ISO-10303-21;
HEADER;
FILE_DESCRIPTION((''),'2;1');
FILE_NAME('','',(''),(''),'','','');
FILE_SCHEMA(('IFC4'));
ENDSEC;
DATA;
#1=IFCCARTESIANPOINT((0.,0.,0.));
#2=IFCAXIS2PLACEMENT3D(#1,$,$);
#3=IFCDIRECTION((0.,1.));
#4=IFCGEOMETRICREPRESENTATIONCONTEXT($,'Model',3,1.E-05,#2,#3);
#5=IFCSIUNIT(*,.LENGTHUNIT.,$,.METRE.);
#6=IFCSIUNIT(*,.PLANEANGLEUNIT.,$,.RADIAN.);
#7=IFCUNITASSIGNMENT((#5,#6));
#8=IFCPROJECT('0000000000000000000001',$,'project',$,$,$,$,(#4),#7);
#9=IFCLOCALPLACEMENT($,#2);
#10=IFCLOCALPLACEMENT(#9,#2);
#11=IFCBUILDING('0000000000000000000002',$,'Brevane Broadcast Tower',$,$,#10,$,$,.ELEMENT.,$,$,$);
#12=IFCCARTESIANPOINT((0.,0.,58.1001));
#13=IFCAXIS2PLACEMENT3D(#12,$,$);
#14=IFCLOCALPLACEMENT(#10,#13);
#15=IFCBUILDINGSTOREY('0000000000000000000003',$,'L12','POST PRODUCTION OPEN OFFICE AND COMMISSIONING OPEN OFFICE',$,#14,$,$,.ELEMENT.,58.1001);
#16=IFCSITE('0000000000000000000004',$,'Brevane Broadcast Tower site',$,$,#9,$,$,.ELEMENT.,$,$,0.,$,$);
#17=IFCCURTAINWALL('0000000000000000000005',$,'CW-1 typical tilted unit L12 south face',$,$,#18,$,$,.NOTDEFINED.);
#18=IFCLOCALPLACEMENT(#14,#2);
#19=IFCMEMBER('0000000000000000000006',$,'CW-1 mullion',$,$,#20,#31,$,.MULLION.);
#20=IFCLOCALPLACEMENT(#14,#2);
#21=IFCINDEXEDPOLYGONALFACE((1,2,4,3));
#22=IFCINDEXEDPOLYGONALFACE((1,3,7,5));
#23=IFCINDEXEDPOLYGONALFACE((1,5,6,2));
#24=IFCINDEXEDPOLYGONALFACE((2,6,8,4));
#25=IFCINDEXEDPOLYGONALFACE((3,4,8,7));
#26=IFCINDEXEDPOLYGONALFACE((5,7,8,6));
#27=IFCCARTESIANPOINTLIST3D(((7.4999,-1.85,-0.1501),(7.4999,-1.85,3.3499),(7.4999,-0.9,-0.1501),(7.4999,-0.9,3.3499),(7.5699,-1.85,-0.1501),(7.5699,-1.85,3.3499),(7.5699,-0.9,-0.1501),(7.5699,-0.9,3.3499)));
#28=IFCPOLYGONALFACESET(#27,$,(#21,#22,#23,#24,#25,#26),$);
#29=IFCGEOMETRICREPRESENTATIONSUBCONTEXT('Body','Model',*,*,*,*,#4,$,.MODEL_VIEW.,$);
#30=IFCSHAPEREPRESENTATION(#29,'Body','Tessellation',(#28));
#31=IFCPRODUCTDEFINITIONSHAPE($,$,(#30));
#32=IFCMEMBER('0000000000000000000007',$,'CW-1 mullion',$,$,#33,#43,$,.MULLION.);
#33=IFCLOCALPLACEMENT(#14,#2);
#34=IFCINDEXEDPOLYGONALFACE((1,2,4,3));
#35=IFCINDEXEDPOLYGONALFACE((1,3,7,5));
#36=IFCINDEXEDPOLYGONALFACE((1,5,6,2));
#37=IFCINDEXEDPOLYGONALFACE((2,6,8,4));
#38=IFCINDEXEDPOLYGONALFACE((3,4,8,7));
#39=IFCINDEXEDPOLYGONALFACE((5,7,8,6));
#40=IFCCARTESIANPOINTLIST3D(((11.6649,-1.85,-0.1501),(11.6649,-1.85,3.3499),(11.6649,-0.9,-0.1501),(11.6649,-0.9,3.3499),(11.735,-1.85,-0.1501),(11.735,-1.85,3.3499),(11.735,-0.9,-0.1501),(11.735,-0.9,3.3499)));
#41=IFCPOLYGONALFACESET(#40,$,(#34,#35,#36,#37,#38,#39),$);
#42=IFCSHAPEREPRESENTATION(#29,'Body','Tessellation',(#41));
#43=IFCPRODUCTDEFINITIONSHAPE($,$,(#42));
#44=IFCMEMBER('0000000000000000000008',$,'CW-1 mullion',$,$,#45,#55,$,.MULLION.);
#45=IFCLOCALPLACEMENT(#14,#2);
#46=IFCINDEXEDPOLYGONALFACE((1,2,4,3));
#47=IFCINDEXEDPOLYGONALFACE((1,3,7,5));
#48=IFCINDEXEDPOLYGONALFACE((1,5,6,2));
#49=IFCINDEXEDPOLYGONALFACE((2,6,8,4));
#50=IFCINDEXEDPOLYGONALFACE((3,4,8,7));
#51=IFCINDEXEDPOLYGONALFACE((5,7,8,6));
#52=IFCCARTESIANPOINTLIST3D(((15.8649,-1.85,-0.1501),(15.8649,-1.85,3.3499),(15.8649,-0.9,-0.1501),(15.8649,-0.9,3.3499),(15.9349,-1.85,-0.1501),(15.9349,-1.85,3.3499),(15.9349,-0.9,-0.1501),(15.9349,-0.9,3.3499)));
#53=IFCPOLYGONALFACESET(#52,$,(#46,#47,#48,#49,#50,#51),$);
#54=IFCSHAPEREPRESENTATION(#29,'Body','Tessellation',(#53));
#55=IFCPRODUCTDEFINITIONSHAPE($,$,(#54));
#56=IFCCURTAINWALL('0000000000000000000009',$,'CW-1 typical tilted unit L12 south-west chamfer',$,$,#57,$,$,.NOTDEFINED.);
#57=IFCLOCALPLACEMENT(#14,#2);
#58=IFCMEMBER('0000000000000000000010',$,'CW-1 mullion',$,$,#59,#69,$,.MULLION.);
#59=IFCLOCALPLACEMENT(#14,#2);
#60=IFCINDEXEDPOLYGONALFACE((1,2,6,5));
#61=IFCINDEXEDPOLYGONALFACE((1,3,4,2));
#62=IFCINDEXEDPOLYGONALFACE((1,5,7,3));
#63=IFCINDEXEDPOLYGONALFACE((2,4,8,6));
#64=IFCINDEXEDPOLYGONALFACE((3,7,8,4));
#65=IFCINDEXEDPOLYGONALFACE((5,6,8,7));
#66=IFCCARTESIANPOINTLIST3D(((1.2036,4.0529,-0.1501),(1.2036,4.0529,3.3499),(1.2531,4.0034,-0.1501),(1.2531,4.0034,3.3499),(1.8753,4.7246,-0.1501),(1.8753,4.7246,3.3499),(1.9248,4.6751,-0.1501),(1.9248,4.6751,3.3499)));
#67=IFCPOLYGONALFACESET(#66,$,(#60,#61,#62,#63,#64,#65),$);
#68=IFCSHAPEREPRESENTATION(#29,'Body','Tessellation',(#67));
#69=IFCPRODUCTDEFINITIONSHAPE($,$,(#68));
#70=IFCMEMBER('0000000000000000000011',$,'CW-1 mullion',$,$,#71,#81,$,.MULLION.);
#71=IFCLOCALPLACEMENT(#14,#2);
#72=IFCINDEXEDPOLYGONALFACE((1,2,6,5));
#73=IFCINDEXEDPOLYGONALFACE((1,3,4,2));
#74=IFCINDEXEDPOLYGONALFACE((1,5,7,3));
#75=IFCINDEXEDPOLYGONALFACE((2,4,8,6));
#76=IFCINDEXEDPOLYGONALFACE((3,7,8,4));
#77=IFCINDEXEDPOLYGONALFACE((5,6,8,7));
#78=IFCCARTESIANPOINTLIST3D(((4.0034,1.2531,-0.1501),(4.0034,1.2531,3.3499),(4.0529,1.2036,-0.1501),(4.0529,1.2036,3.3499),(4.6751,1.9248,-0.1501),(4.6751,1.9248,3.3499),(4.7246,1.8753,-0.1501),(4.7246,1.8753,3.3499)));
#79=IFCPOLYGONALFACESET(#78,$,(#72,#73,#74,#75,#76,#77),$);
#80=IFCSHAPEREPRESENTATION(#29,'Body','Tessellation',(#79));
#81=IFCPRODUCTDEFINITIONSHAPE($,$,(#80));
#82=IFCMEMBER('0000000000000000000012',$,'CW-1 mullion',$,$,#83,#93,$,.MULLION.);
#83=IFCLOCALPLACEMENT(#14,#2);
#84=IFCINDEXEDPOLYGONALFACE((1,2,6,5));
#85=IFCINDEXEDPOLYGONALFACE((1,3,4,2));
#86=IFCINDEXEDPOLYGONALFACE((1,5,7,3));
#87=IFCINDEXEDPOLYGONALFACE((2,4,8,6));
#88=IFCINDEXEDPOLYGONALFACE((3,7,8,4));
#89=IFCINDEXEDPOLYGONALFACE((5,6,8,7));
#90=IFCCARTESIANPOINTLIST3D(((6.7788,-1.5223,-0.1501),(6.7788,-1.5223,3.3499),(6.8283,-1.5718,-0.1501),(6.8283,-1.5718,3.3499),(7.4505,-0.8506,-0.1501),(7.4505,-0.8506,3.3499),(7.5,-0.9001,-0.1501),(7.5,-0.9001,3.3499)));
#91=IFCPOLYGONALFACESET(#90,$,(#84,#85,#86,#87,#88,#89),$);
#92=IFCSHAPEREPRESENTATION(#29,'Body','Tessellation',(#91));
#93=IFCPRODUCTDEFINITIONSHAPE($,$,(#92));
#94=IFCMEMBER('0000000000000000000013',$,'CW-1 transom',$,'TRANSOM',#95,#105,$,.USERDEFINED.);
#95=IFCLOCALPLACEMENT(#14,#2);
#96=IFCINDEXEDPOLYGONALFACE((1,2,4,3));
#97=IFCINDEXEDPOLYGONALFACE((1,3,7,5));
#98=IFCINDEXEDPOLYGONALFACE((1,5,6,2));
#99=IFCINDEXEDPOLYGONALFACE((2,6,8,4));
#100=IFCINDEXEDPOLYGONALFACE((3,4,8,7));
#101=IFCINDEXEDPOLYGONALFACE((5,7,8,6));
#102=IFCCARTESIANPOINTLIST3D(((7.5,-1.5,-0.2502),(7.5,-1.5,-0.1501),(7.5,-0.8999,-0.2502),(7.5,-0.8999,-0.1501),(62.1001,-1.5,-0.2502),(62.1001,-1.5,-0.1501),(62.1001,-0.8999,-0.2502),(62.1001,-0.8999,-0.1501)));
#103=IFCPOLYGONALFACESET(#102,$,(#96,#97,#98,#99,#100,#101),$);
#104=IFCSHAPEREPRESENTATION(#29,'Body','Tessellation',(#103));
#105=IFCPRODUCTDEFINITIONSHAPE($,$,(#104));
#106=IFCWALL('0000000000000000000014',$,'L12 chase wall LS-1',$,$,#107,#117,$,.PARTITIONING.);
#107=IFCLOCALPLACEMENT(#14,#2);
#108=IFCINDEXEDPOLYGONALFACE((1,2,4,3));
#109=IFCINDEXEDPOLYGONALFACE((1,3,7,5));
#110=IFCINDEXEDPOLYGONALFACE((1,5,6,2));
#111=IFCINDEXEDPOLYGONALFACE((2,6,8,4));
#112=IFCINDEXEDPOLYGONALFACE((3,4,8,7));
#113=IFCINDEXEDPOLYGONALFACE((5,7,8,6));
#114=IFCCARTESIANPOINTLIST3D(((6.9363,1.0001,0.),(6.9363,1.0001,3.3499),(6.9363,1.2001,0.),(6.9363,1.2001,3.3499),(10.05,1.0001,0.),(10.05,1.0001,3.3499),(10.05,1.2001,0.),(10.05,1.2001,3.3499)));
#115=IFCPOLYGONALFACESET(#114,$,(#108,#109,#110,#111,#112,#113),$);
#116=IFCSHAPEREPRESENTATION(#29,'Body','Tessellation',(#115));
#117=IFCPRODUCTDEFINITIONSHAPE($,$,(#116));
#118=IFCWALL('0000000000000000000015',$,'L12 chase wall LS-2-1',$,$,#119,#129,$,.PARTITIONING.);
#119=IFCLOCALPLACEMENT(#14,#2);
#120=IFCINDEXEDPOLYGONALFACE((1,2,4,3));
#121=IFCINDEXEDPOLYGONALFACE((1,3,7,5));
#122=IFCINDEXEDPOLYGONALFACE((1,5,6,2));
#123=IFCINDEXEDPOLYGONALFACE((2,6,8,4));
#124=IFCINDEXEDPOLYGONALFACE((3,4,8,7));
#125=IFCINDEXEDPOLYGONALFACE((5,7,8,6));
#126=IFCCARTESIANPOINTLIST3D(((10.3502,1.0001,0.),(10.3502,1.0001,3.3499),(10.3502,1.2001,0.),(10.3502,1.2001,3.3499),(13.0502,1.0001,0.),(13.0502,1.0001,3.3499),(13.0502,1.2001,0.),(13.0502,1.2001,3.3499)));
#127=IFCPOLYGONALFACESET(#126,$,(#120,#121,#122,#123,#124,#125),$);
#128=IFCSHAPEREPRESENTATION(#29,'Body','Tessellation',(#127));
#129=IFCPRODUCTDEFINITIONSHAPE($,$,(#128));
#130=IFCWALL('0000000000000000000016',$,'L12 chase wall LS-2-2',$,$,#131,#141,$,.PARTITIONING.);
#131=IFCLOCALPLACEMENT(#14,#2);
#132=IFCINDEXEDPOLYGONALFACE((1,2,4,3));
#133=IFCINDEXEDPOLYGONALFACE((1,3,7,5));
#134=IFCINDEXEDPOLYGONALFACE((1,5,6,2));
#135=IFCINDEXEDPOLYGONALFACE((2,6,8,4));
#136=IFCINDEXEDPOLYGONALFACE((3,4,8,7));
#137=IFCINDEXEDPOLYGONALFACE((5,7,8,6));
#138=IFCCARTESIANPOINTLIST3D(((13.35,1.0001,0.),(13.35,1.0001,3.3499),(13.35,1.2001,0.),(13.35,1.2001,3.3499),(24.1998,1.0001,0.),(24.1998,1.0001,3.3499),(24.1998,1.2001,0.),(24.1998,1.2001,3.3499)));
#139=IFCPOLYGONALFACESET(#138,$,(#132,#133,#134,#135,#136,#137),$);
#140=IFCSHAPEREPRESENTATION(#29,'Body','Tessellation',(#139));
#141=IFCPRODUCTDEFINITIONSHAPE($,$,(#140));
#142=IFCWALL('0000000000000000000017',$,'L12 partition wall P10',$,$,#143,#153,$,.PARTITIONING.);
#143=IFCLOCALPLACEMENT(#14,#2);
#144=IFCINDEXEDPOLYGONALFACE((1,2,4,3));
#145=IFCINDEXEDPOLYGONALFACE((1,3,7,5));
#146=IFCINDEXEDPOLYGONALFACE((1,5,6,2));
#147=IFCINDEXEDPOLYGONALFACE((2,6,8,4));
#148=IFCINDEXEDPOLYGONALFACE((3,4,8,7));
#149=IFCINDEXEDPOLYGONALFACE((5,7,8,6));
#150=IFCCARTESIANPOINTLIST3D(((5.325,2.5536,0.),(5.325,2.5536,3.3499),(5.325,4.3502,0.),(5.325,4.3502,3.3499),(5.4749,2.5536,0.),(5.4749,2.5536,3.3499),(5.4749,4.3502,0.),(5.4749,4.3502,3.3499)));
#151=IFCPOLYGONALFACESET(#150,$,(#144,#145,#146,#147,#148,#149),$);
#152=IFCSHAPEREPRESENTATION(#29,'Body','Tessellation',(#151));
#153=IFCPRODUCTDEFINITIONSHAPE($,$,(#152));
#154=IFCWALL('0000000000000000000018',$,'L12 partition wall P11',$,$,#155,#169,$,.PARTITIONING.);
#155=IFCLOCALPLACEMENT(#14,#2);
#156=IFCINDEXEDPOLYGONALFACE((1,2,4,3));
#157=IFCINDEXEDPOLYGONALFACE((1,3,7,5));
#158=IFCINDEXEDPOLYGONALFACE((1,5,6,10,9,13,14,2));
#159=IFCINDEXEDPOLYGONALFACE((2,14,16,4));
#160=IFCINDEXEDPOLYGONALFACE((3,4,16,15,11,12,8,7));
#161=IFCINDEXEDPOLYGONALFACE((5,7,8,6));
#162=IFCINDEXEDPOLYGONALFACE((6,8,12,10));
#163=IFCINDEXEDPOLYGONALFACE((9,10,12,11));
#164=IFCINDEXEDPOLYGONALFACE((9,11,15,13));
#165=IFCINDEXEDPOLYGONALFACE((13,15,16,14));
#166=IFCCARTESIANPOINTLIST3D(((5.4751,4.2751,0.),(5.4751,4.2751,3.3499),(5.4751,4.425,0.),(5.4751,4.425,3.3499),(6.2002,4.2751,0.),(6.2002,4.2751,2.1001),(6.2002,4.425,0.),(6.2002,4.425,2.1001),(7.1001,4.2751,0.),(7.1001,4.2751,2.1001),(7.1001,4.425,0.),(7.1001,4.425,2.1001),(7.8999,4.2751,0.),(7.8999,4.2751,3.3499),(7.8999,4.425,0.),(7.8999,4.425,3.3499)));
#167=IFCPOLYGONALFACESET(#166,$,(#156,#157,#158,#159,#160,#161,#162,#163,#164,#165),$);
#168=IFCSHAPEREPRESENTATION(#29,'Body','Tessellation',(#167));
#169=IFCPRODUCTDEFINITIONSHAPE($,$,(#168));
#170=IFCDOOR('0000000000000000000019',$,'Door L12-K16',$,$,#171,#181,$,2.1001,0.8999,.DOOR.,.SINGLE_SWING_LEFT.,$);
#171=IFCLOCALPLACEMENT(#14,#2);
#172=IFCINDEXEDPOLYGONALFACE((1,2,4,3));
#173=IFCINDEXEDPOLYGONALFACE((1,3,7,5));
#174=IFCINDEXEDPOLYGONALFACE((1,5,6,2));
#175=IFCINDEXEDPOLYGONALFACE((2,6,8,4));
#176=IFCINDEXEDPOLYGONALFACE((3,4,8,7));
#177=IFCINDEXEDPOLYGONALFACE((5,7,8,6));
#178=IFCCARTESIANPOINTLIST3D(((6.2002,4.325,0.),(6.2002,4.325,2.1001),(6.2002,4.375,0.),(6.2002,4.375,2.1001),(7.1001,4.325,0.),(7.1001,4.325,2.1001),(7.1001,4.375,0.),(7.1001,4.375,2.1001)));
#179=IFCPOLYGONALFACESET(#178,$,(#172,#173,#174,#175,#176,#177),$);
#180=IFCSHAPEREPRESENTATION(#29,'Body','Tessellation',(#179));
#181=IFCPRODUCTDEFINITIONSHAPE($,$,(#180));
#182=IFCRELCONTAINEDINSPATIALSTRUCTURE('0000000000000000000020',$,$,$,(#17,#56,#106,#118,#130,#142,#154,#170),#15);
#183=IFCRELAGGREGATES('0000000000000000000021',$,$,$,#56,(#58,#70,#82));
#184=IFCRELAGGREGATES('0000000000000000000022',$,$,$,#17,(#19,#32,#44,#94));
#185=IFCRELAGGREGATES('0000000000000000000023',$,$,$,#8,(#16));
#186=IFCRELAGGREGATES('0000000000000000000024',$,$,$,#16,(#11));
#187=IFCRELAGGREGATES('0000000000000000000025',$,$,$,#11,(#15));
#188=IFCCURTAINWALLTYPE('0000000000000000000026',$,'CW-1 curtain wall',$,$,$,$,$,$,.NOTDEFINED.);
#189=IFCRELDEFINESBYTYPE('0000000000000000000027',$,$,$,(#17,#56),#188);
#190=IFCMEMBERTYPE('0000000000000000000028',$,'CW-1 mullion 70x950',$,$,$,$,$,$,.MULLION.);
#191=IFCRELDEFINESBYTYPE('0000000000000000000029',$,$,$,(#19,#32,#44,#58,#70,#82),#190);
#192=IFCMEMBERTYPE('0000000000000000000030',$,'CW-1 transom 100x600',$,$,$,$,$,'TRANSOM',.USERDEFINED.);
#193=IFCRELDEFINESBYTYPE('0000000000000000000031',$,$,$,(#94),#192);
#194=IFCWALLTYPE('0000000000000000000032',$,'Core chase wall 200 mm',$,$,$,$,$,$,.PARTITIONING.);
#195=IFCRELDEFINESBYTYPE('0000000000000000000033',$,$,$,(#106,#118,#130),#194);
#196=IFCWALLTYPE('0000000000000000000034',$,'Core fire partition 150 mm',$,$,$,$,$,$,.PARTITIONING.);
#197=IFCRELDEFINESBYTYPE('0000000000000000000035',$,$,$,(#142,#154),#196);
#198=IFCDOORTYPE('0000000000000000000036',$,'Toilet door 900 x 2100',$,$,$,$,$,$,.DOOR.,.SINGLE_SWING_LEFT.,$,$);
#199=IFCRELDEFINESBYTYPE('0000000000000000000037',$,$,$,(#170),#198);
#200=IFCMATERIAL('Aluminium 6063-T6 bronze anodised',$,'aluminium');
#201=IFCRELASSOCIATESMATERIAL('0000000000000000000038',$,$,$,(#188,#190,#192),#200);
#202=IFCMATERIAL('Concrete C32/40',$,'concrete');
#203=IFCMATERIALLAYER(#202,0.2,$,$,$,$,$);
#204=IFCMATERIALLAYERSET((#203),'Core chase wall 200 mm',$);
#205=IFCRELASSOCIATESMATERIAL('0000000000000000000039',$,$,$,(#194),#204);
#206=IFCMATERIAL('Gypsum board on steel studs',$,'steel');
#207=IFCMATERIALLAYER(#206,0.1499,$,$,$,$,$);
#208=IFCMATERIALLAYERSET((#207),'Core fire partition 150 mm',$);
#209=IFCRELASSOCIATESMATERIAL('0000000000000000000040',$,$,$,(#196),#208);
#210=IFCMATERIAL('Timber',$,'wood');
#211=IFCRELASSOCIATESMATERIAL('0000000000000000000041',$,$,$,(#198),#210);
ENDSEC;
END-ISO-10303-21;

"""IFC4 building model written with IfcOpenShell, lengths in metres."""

from ifc_helpers import new_model, si_unit, direction, frame, frame_2d, origin, origin_2d, place, context, subcontext, project, spatial, rectangle, extrude, material, layer, layer_set, material_profile, profile_set, type_object, element, fill, aggregate, save


model = new_model("IFC4")

# Units and contexts
model_context = context("Model", 3, precision=1e-05, world=origin(), true_north=direction((0.0, 1.0)))
body_context = subcontext(model_context, "Body", "Model", "MODEL_VIEW")
ifc_project = project(units=[si_unit("LENGTHUNIT", "METRE"), si_unit("PLANEANGLEUNIT", "RADIAN")], contexts=[model_context])

# Site, building, storey
site_placement = place(None, origin())
site = spatial("IfcSite", under=ifc_project, at=site_placement, Name="Brevane Broadcast Tower site", CompositionType="ELEMENT", RefElevation=0.0)
building_placement = place(site_placement, origin())
building = spatial("IfcBuilding", under=site, at=building_placement, Name="Brevane Broadcast Tower", CompositionType="ELEMENT")
storey_placement = place(building_placement, frame((0.0, 0.0, 58.1001)))
storey = spatial("IfcBuildingStorey", under=building, at=storey_placement, Name="L12", Description="POST PRODUCTION OPEN OFFICE AND COMMISSIONING OPEN OFFICE", CompositionType="ELEMENT", Elevation=58.1001)

# Curtain walls, members
ifc_material_1 = material(Name="Aluminium 6063-T6 bronze anodised", Category="aluminium")
curtain_wall_type = type_object("IfcCurtainWallType", Name="CW-1 curtain wall", PredefinedType="NOTDEFINED", material=ifc_material_1)
curtain_wall_1_placement = place(storey_placement, origin())
curtain_wall_1 = element("IfcCurtainWall", 1, at=curtain_wall_1_placement, inside=storey, type_object=curtain_wall_type, Name="CW-1 typical tilted unit L12 south face", PredefinedType="NOTDEFINED")
ifc_material_profile_1 = material_profile(ifc_material_1, rectangle(XDim=0.95, YDim=0.0701, at=origin_2d()), Name="RECT 70x950")
ifc_profile_set_1 = profile_set([ifc_material_profile_1], Name="Aluminium 6063-T6 bronze anodised")
member_type_1 = type_object("IfcMemberType", Name="CW-1 mullion 70x950", PredefinedType="MULLION", material=ifc_profile_set_1)
member_1_placement = place(storey_placement, frame((7.5349, -1.375, -0.1501), z_axis=(0.0, 0.0, 1.0), x_axis=(0.0, 1.0, 0.0)))
member_1 = element("IfcMember", 2, at=member_1_placement, type_object=member_type_1, Name="CW-1 mullion", PredefinedType="MULLION", context=body_context, shape_type="SweptSolid", body=[
    extrude(rectangle(XDim=0.95, YDim=0.0701, at=origin_2d()), origin(), (0.0, 0.0, 1.0), 3.5),
])
member_2_placement = place(storey_placement, frame((11.7, -1.375, -0.1501), z_axis=(0.0, 0.0, 1.0), x_axis=(0.0, 1.0, 0.0)))
member_2 = element("IfcMember", 3, at=member_2_placement, type_object=member_type_1, Name="CW-1 mullion", PredefinedType="MULLION", context=body_context, shape_type="SweptSolid", body=[
    extrude(rectangle(XDim=0.95, YDim=0.0701, at=origin_2d()), origin(), (0.0, 0.0, 1.0), 3.5),
])
member_3_placement = place(storey_placement, frame((15.8999, -1.375, -0.1501), z_axis=(0.0, 0.0, 1.0), x_axis=(0.0, 1.0, 0.0)))
member_3 = element("IfcMember", 4, at=member_3_placement, type_object=member_type_1, Name="CW-1 mullion", PredefinedType="MULLION", context=body_context, shape_type="SweptSolid", body=[
    extrude(rectangle(XDim=0.95, YDim=0.0701, at=origin_2d()), origin(), (0.0, 0.0, 1.0), 3.5),
])
curtain_wall_2_placement = place(storey_placement, origin())
curtain_wall_2 = element("IfcCurtainWall", 5, at=curtain_wall_2_placement, inside=storey, type_object=curtain_wall_type, Name="CW-1 typical tilted unit L12 south-west chamfer", PredefinedType="NOTDEFINED")
member_4_placement = place(storey_placement, frame((1.5642, 4.364, -0.1501), z_axis=(0.0, 0.0, 1.0), x_axis=(0.707107, 0.707107, 0.0)))
member_4 = element("IfcMember", 6, at=member_4_placement, type_object=member_type_1, Name="CW-1 mullion", PredefinedType="MULLION", context=body_context, shape_type="SweptSolid", body=[
    extrude(rectangle(XDim=0.95, YDim=0.0701, at=origin_2d()), origin(), (0.0, 0.0, 1.0), 3.5),
])
member_5_placement = place(storey_placement, frame((4.364, 1.5642, -0.1501), z_axis=(0.0, 0.0, 1.0), x_axis=(0.707107, 0.707107, 0.0)))
member_5 = element("IfcMember", 7, at=member_5_placement, type_object=member_type_1, Name="CW-1 mullion", PredefinedType="MULLION", context=body_context, shape_type="SweptSolid", body=[
    extrude(rectangle(XDim=0.95, YDim=0.0701, at=origin_2d()), origin(), (0.0, 0.0, 1.0), 3.5),
])
member_6_placement = place(storey_placement, frame((7.1394, -1.2112, -0.1501), z_axis=(0.0, 0.0, 1.0), x_axis=(0.707107, 0.707107, 0.0)))
member_6 = element("IfcMember", 8, at=member_6_placement, type_object=member_type_1, Name="CW-1 mullion", PredefinedType="MULLION", context=body_context, shape_type="SweptSolid", body=[
    extrude(rectangle(XDim=0.95, YDim=0.0701, at=origin_2d()), origin(), (0.0, 0.0, 1.0), 3.5),
])
aggregate(curtain_wall_2, [member_4, member_5, member_6])

# Member
ifc_material_profile_2 = material_profile(ifc_material_1, rectangle(XDim=0.6001, YDim=0.1001, at=origin_2d()), Name="RECT 100x600")
ifc_profile_set_2 = profile_set([ifc_material_profile_2], Name="Aluminium 6063-T6 bronze anodised")
member_type_2 = type_object("IfcMemberType", Name="CW-1 transom 100x600", ElementType="TRANSOM", PredefinedType="USERDEFINED", material=ifc_profile_set_2)
member_7_placement = place(storey_placement, frame((7.5, -1.2, -0.2002), z_axis=(1.0, 0.0, 0.0), x_axis=(0.0, 1.0, 0.0)))
member_7 = element("IfcMember", 9, at=member_7_placement, type_object=member_type_2, Name="CW-1 transom", ObjectType="TRANSOM", PredefinedType="USERDEFINED", context=body_context, shape_type="SweptSolid", body=[
    extrude(rectangle(XDim=0.6001, YDim=0.1001, at=origin_2d()), origin(), (0.0, 0.0, 1.0), 54.6001),
])
aggregate(curtain_wall_1, [member_1, member_2, member_3, member_7])

# Walls
ifc_material_2 = material(Name="Concrete C32/40", Category="concrete")
ifc_layer_1 = layer(ifc_material_2, 0.2)
ifc_layer_set_1 = layer_set([ifc_layer_1], Name="Core chase wall 200 mm")
wall_type_1 = type_object("IfcWallType", Name="Core chase wall 200 mm", PredefinedType="PARTITIONING", material=ifc_layer_set_1)
wall_1_placement = place(storey_placement, frame((6.9363, 1.1001, 0.0), z_axis=(0.0, 0.0, 1.0), x_axis=(1.0, 0.0, 0.0)))
element("IfcWall", 10, at=wall_1_placement, inside=storey, type_object=wall_type_1, Name="L12 chase wall LS-1", PredefinedType="PARTITIONING", context=body_context, shape_type="SweptSolid", body=[
    extrude(rectangle(XDim=3.1138, YDim=0.2, at=frame_2d((1.5569, 0.0))), origin(), (0.0, 0.0, 1.0), 3.3499),
])
wall_2_placement = place(storey_placement, frame((10.3501, 1.1001, 0.0), z_axis=(0.0, 0.0, 1.0), x_axis=(1.0, 0.0, 0.0)))
element("IfcWall", 11, at=wall_2_placement, inside=storey, type_object=wall_type_1, Name="L12 chase wall LS-2-1", PredefinedType="PARTITIONING", context=body_context, shape_type="SweptSolid", body=[
    extrude(rectangle(XDim=2.7, YDim=0.2, at=frame_2d((1.3501, 0.0))), origin(), (0.0, 0.0, 1.0), 3.3499),
])
wall_3_placement = place(storey_placement, frame((13.3501, 1.1001, 0.0), z_axis=(0.0, 0.0, 1.0), x_axis=(1.0, 0.0, 0.0)))
element("IfcWall", 12, at=wall_3_placement, inside=storey, type_object=wall_type_1, Name="L12 chase wall LS-2-2", PredefinedType="PARTITIONING", context=body_context, shape_type="SweptSolid", body=[
    extrude(rectangle(XDim=10.8499, YDim=0.2, at=frame_2d((5.4248, 0.0))), origin(), (0.0, 0.0, 1.0), 3.3499),
])
ifc_material_3 = material(Name="Gypsum board on steel studs", Category="steel")
ifc_layer_2 = layer(ifc_material_3, 0.1499)
ifc_layer_set_2 = layer_set([ifc_layer_2], Name="Core fire partition 150 mm")
wall_type_2 = type_object("IfcWallType", Name="Core fire partition 150 mm", PredefinedType="PARTITIONING", material=ifc_layer_set_2)
wall_4_placement = place(storey_placement, frame((5.3999, 2.5535, 0.0), z_axis=(0.0, 0.0, 1.0), x_axis=(0.0, 1.0, 0.0)))
element("IfcWall", 13, at=wall_4_placement, inside=storey, type_object=wall_type_2, Name="L12 partition wall P10", PredefinedType="PARTITIONING", context=body_context, shape_type="SweptSolid", body=[
    extrude(rectangle(XDim=1.7966, YDim=0.1499, at=frame_2d((0.8984, 0.0))), origin(), (0.0, 0.0, 1.0), 3.3499),
])

# Wall, opening, door
wall_5_placement = place(storey_placement, frame((5.4751, 4.3501, 0.0), z_axis=(0.0, 0.0, 1.0), x_axis=(1.0, 0.0, 0.0)))
wall_5 = element("IfcWall", 14, at=wall_5_placement, inside=storey, type_object=wall_type_2, Name="L12 partition wall P11", PredefinedType="PARTITIONING", context=body_context, shape_type="SweptSolid", body=[
    extrude(rectangle(XDim=2.4248, YDim=0.1499, at=frame_2d((1.2124, 0.0))), origin(), (0.0, 0.0, 1.0), 3.3499),
])
opening_1_placement = place(wall_5_placement, frame((0.7251, 0.0, 0.0)))
opening_1 = element("IfcOpeningElement", 15, at=opening_1_placement, cuts=wall_5, PredefinedType="OPENING", context=body_context, shape_type="SweptSolid", body=[
    extrude(rectangle(XDim=0.8999, YDim=2.1001, at=frame_2d((0.45, 1.05))), frame((0.0, 0.085, 0.0), z_axis=(0.0, -1.0, 0.0), x_axis=(1.0, 0.0, 0.0)), (0.0, 0.0, 1.0), 0.1699),
])
ifc_material_4 = material(Name="Timber", Category="wood")
door_type_1 = type_object("IfcDoorType", Name="Toilet door 900 x 2100", OperationType="SINGLE_SWING_LEFT", PredefinedType="DOOR", material=ifc_material_4)
door_1_placement = place(opening_1_placement, origin())
door_1 = element("IfcDoor", 16, at=door_1_placement, inside=storey, type_object=door_type_1, Name="Door L12-K16", OperationType="SINGLE_SWING_LEFT", OverallHeight=2.1001, OverallWidth=0.8999, PredefinedType="DOOR", context=body_context, shape_type="SweptSolid", body=[
    extrude(rectangle(XDim=0.8999, YDim=2.1001, at=frame_2d((0.45, 1.05))), frame((0.0, 0.0249, 0.0), z_axis=(0.0, -1.0, 0.0), x_axis=(1.0, 0.0, 0.0)), (0.0, 0.0, 1.0), 0.05),
])
fill(opening_1, door_1)

save(model, "model.ifc")
